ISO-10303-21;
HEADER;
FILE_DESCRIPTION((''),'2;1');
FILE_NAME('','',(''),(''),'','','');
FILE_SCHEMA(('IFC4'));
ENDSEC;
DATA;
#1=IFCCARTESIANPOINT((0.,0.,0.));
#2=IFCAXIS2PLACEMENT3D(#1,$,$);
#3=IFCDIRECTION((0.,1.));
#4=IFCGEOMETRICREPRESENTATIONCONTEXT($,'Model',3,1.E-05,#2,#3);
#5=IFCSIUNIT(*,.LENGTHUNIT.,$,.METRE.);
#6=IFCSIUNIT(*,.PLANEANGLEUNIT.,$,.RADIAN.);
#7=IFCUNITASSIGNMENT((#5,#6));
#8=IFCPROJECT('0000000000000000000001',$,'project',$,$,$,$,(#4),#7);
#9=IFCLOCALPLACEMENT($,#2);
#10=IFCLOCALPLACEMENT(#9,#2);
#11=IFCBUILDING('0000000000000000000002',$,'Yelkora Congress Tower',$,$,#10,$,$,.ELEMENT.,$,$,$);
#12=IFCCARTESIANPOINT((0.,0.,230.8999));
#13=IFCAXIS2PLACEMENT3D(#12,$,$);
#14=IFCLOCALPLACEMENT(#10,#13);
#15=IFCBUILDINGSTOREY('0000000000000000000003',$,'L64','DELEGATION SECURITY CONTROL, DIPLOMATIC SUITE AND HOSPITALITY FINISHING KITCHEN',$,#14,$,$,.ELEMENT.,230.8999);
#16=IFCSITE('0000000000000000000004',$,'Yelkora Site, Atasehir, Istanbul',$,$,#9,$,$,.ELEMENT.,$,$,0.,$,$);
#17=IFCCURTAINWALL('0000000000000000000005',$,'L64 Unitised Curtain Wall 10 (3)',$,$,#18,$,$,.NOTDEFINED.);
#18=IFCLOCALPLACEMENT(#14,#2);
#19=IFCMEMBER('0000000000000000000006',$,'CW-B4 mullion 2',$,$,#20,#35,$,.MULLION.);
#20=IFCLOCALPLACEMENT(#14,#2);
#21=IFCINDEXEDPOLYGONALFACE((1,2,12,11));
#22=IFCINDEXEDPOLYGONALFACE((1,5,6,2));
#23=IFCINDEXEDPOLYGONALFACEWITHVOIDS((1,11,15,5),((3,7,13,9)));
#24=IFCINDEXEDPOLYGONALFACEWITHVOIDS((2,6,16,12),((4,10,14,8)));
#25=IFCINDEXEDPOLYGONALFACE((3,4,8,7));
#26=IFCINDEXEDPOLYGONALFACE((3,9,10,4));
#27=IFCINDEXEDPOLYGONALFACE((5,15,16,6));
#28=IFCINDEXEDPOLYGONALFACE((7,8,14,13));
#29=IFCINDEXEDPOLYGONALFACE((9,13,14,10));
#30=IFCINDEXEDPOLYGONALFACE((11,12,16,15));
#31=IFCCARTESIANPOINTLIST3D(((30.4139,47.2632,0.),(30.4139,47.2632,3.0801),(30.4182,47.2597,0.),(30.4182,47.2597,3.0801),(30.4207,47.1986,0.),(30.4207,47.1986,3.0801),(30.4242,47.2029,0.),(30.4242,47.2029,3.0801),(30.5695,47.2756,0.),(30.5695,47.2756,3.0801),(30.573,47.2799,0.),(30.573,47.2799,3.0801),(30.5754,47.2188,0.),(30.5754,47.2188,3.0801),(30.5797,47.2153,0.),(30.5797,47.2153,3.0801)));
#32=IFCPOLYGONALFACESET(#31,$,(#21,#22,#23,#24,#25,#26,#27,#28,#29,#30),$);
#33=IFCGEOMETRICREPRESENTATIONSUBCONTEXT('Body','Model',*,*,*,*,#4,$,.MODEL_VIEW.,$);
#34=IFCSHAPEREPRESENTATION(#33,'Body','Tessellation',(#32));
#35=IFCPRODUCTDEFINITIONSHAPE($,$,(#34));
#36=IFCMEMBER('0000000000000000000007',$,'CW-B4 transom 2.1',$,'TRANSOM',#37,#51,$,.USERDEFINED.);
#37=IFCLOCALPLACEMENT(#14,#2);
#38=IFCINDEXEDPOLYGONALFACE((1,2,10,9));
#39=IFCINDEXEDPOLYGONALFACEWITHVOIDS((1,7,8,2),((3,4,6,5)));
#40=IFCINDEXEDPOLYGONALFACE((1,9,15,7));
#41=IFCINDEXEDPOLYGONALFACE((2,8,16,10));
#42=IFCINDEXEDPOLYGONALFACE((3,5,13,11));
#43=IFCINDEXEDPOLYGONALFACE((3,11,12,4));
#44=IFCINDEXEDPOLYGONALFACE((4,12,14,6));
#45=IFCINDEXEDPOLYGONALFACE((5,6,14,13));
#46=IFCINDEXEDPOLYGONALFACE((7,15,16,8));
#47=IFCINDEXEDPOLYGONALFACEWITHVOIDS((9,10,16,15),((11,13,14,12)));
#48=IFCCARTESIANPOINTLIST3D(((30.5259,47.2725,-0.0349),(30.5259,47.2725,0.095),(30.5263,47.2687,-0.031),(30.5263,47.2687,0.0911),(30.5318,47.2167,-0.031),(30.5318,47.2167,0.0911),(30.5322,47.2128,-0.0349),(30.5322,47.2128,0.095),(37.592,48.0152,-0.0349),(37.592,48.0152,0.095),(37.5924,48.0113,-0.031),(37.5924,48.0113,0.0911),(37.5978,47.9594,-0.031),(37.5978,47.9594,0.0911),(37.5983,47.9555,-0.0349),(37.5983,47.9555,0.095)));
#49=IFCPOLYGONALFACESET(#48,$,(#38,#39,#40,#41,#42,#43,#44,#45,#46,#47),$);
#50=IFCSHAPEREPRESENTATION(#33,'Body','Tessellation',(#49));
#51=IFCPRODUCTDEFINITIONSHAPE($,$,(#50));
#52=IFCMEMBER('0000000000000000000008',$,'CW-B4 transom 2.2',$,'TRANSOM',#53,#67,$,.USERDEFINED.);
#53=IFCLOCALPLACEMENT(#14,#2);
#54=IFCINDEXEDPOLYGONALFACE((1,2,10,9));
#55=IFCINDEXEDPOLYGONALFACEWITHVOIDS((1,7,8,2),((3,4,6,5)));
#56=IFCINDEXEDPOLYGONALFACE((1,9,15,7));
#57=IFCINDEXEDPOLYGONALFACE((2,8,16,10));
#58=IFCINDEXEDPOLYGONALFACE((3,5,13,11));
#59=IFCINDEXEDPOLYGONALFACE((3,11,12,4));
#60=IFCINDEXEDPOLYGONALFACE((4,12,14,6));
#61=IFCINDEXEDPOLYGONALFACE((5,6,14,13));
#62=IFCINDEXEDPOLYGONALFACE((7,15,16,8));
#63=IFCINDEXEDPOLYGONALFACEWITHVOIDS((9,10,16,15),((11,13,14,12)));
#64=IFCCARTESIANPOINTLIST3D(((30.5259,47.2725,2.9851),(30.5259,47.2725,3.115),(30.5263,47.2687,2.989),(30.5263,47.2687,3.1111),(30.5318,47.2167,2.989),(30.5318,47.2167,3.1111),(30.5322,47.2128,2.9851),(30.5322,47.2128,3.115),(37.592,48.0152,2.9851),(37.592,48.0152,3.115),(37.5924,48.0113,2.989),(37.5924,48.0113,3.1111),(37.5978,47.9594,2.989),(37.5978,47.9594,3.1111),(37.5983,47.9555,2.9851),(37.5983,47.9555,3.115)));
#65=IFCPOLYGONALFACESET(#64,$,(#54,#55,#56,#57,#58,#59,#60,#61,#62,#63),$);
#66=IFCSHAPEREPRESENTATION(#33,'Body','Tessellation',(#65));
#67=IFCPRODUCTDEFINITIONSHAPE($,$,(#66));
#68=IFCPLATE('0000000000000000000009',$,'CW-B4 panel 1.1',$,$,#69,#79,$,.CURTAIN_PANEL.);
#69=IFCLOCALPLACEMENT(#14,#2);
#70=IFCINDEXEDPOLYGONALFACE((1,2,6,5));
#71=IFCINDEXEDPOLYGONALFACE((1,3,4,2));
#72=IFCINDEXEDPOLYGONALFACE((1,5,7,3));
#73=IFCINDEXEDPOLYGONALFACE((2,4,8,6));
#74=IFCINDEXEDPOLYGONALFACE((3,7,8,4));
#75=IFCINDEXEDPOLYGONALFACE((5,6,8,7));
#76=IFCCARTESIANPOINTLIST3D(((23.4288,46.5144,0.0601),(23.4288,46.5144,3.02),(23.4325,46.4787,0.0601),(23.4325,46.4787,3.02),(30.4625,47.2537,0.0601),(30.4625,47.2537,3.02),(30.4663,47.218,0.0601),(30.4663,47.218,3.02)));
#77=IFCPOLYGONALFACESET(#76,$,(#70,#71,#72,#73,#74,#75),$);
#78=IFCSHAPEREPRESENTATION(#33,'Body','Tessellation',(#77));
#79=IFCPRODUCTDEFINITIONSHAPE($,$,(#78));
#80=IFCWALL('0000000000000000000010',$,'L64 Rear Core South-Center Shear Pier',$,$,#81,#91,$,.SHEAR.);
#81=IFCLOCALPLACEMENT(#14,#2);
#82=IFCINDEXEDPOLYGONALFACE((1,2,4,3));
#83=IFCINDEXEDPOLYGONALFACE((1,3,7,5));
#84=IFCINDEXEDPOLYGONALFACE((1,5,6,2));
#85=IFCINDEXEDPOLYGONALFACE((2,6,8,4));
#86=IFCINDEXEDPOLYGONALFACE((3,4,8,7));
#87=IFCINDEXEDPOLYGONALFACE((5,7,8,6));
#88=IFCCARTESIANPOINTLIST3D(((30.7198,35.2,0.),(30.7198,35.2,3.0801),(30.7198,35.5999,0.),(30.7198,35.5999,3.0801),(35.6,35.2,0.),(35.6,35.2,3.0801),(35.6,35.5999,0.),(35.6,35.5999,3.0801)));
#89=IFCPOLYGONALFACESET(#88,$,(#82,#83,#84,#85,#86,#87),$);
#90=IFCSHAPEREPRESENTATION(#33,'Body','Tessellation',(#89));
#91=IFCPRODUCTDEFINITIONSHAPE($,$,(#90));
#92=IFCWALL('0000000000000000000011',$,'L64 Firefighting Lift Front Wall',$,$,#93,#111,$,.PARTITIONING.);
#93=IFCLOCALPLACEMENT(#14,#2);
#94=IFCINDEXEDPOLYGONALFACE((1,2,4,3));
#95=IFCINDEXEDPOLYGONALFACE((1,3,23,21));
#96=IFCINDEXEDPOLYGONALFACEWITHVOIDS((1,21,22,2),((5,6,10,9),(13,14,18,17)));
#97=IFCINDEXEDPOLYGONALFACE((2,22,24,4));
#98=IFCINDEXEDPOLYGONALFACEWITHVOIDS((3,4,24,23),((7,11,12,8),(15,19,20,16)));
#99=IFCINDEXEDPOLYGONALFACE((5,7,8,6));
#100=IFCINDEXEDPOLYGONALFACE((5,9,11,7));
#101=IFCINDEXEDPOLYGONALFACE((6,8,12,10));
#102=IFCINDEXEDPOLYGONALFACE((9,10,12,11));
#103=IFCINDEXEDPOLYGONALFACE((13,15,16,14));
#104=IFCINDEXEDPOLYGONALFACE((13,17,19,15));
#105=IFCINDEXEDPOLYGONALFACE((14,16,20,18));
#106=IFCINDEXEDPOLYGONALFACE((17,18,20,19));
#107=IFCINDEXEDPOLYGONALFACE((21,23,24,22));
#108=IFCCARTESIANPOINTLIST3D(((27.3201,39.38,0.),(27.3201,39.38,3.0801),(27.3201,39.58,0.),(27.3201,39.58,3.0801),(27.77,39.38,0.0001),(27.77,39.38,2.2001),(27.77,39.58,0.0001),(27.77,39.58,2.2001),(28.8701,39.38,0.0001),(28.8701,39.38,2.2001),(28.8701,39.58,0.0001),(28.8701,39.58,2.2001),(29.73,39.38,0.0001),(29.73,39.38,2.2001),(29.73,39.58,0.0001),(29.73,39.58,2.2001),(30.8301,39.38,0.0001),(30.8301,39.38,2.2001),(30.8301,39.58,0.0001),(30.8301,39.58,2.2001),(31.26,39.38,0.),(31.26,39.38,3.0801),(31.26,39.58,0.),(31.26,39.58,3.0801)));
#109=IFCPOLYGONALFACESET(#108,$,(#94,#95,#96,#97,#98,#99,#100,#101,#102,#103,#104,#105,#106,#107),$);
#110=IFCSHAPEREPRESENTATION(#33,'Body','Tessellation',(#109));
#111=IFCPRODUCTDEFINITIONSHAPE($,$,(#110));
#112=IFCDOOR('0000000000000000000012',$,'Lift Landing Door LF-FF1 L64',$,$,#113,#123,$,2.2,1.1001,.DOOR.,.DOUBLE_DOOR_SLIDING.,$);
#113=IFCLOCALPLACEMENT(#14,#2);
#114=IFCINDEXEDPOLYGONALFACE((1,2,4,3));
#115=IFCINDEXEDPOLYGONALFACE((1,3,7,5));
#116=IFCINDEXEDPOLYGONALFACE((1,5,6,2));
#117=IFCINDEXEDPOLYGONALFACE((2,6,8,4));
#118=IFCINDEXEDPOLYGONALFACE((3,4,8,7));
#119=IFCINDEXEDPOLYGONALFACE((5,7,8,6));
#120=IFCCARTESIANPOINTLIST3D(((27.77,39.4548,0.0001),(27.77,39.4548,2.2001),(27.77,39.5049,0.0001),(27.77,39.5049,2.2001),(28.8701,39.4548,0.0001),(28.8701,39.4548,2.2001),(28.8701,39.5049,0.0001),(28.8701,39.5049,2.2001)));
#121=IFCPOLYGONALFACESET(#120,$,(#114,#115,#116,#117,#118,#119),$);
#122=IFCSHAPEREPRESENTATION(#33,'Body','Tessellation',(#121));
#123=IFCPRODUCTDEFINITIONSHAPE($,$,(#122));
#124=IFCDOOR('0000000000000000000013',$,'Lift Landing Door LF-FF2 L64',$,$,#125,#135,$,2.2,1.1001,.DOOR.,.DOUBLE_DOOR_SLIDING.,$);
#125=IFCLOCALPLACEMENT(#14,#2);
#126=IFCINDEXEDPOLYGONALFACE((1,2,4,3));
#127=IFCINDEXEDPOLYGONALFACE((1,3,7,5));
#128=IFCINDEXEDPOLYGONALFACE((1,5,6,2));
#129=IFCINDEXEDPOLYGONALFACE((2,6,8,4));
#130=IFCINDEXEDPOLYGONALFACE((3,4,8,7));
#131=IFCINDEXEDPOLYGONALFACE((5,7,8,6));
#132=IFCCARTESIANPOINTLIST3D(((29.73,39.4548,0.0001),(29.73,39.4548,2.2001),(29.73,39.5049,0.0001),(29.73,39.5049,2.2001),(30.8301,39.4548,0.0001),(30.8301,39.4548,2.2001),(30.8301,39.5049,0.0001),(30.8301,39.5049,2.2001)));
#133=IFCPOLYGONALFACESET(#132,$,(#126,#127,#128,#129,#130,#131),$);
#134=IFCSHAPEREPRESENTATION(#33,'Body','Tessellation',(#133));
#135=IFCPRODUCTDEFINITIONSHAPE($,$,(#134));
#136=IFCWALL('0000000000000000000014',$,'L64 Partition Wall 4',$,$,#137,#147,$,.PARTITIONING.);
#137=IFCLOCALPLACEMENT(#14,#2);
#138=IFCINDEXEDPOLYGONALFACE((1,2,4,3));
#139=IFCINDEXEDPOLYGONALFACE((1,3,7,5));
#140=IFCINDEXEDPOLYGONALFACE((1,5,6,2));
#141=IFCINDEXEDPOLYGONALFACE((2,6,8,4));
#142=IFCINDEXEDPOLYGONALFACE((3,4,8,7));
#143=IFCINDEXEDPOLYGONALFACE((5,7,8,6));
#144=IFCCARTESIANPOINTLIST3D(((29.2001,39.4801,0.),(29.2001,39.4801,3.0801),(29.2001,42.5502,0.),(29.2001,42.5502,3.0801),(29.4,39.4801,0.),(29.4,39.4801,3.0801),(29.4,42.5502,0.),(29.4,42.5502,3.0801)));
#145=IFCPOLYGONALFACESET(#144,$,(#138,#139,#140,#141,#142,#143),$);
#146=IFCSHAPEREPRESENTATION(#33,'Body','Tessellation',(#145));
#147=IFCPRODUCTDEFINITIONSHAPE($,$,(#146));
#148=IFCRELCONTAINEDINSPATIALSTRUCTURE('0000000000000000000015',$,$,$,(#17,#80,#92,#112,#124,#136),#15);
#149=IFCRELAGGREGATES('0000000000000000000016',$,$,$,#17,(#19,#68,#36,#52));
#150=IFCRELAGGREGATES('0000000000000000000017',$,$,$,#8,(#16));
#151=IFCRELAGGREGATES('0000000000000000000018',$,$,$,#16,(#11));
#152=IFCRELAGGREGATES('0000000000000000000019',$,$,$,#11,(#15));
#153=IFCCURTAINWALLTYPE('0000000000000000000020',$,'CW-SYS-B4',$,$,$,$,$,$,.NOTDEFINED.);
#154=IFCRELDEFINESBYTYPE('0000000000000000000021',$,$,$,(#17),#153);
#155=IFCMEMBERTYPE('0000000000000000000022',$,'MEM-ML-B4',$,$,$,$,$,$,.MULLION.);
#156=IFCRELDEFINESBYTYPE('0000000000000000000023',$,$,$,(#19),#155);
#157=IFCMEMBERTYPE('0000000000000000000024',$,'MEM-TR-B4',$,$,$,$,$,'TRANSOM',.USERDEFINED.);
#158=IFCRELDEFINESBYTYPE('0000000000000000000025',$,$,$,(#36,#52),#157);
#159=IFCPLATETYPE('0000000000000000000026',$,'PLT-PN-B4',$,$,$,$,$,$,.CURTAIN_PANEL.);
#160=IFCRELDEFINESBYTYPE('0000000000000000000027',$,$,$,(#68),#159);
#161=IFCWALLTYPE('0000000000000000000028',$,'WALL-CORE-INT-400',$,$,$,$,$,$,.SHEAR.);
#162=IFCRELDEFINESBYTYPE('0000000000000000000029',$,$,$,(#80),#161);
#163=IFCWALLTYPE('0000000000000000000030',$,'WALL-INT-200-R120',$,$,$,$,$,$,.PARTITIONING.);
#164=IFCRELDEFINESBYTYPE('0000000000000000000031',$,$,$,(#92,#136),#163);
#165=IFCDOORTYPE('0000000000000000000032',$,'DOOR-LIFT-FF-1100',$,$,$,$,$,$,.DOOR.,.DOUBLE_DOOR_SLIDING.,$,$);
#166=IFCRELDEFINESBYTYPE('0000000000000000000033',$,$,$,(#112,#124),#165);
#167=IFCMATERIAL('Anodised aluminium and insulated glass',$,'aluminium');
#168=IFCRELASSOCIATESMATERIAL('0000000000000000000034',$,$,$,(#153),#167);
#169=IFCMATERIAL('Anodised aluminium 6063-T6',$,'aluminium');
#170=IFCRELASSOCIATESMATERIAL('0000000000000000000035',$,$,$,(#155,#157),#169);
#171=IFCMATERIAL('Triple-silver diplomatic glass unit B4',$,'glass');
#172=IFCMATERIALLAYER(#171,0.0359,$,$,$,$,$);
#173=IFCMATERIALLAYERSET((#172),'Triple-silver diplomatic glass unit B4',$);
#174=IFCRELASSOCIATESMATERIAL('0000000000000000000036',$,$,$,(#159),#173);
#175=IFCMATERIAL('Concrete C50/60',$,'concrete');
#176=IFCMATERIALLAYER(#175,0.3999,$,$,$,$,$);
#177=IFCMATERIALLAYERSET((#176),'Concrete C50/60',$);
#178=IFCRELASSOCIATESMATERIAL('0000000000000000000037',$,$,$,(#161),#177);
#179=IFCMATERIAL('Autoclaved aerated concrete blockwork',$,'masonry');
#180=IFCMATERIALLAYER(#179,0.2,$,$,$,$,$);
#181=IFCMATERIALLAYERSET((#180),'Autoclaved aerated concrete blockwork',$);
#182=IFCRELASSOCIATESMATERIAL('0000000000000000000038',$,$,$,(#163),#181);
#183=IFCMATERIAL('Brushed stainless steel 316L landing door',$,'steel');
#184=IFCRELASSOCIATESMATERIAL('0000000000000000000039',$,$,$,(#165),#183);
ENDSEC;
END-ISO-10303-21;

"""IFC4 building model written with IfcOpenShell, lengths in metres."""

from ifc_helpers import new_model, si_unit, direction, frame, frame_2d, origin, origin_2d, place, context, subcontext, project, spatial, rectangle, hollow_rectangle, extrude, material, layer, layer_set, material_profile, profile_set, type_object, element, fill, aggregate, save


model = new_model("IFC4")

# Units and contexts
model_context = context("Model", 3, precision=1e-05, world=origin(), true_north=direction((0.0, 1.0)))
body_context = subcontext(model_context, "Body", "Model", "MODEL_VIEW")
ifc_project = project(units=[si_unit("LENGTHUNIT", "METRE"), si_unit("PLANEANGLEUNIT", "RADIAN")], contexts=[model_context])

# Site, building, storey
site_placement = place(None, origin())
site = spatial("IfcSite", under=ifc_project, at=site_placement, Name="Yelkora Site, Atasehir, Istanbul", CompositionType="ELEMENT", RefElevation=0.0)
building_placement = place(site_placement, origin())
building = spatial("IfcBuilding", under=site, at=building_placement, Name="Yelkora Congress Tower", CompositionType="ELEMENT")
storey_placement = place(building_placement, frame((0.0, 0.0, 230.8999)))
storey = spatial("IfcBuildingStorey", under=building, at=storey_placement, Name="L64", Description="DELEGATION SECURITY CONTROL, DIPLOMATIC SUITE AND HOSPITALITY FINISHING KITCHEN", CompositionType="ELEMENT", Elevation=230.8999)

# Curtain wall, members, plate
ifc_material_1 = material(Name="Anodised aluminium and insulated glass", Category="aluminium")
curtain_wall_type = type_object("IfcCurtainWallType", Name="CW-SYS-B4", PredefinedType="NOTDEFINED", material=ifc_material_1)
curtain_wall_placement = place(storey_placement, origin())
curtain_wall = element("IfcCurtainWall", 1, at=curtain_wall_placement, inside=storey, type_object=curtain_wall_type, Name="L64 Unitised Curtain Wall 10 (3)", PredefinedType="NOTDEFINED")
ifc_material_2 = material(Name="Anodised aluminium 6063-T6", Category="aluminium")
ifc_material_profile_1 = material_profile(ifc_material_2, hollow_rectangle(XDim=0.0649, YDim=0.1599, WallThickness=0.0039, at=origin_2d()), Name="ALU 65x160x4")
ifc_profile_set_1 = profile_set([ifc_material_profile_1], Name="Anodised aluminium 6063-T6")
member_type_1 = type_object("IfcMemberType", Name="MEM-ML-B4", PredefinedType="MULLION", material=ifc_profile_set_1)
member_1_placement = place(storey_placement, frame((30.4968, 47.2393, 0.0), z_axis=(0.0, 0.0, 1.0), x_axis=(-0.104528, 0.994522, 0.0)))
member_1 = element("IfcMember", 2, at=member_1_placement, type_object=member_type_1, Name="CW-B4 mullion 2", PredefinedType="MULLION", context=body_context, shape_type="SweptSolid", body=[
    extrude(hollow_rectangle(XDim=0.0649, YDim=0.1599, WallThickness=0.0039, at=origin_2d()), origin(), (0.0, 0.0, 1.0), 3.0801),
])
ifc_material_profile_2 = material_profile(ifc_material_2, hollow_rectangle(XDim=0.0601, YDim=0.1299, WallThickness=0.0039, at=origin_2d()), Name="ALU 60x130x4")
ifc_profile_set_2 = profile_set([ifc_material_profile_2], Name="Anodised aluminium 6063-T6")
member_type_2 = type_object("IfcMemberType", Name="MEM-TR-B4", ElementType="TRANSOM", PredefinedType="USERDEFINED", material=ifc_profile_set_2)
member_2_placement = place(storey_placement, frame((30.5291, 47.2427, 0.03), z_axis=(0.994522, 0.104527, 0.0), x_axis=(-0.104527, 0.994522, 0.0)))
member_2 = element("IfcMember", 3, at=member_2_placement, type_object=member_type_2, Name="CW-B4 transom 2.1", ObjectType="TRANSOM", PredefinedType="USERDEFINED", context=body_context, shape_type="SweptSolid", body=[
    extrude(hollow_rectangle(XDim=0.0601, YDim=0.1299, WallThickness=0.0039, at=origin_2d()), origin(), (0.0, 0.0, 1.0), 7.105),
])
member_3_placement = place(storey_placement, frame((30.5291, 47.2427, 3.05), z_axis=(0.994522, 0.104527, 0.0), x_axis=(-0.104527, 0.994522, 0.0)))
member_3 = element("IfcMember", 4, at=member_3_placement, type_object=member_type_2, Name="CW-B4 transom 2.2", ObjectType="TRANSOM", PredefinedType="USERDEFINED", context=body_context, shape_type="SweptSolid", body=[
    extrude(hollow_rectangle(XDim=0.0601, YDim=0.1299, WallThickness=0.0039, at=origin_2d()), origin(), (0.0, 0.0, 1.0), 7.105),
])
ifc_material_3 = material(Name="Triple-silver diplomatic glass unit B4", Category="glass")
ifc_layer_1 = layer(ifc_material_3, 0.0359)
ifc_layer_set_1 = layer_set([ifc_layer_1], Name="Triple-silver diplomatic glass unit B4")
plate_type = type_object("IfcPlateType", Name="PLT-PN-B4", PredefinedType="CURTAIN_PANEL", material=ifc_layer_set_1)
plate_placement = place(storey_placement, frame((26.9475, 46.8662, 0.0601), z_axis=(0.0, 0.0, 1.0), x_axis=(0.994522, 0.104528, 0.0)))
plate = element("IfcPlate", 5, at=plate_placement, type_object=plate_type, Name="CW-B4 panel 1.1", PredefinedType="CURTAIN_PANEL", context=body_context, shape_type="SweptSolid", body=[
    extrude(rectangle(XDim=7.0725, YDim=0.0359, at=origin_2d()), origin(), (0.0, 0.0, 1.0), 2.96),
])
aggregate(curtain_wall, [member_1, plate, member_2, member_3])

# Wall
ifc_material_4 = material(Name="Concrete C50/60", Category="concrete")
ifc_layer_2 = layer(ifc_material_4, 0.3999)
ifc_layer_set_2 = layer_set([ifc_layer_2], Name="Concrete C50/60")
wall_type_1 = type_object("IfcWallType", Name="WALL-CORE-INT-400", PredefinedType="SHEAR", material=ifc_layer_set_2)
wall_1_placement = place(storey_placement, frame((30.72, 35.3999, 0.0), z_axis=(0.0, 0.0, 1.0), x_axis=(1.0, 0.0, 0.0)))
element("IfcWall", 6, at=wall_1_placement, inside=storey, type_object=wall_type_1, Name="L64 Rear Core South-Center Shear Pier", PredefinedType="SHEAR", context=body_context, shape_type="SweptSolid", body=[
    extrude(rectangle(XDim=4.8801, YDim=0.3999, at=frame_2d((2.4399, 0.0))), origin(), (0.0, 0.0, 1.0), 3.0801),
])

# Shared definitions
ifc_material_5 = material(Name="Autoclaved aerated concrete blockwork", Category="masonry")
ifc_layer_3 = layer(ifc_material_5, 0.2)
ifc_layer_set_3 = layer_set([ifc_layer_3], Name="Autoclaved aerated concrete blockwork")
wall_type_2 = type_object("IfcWallType", Name="WALL-INT-200-R120", PredefinedType="PARTITIONING", material=ifc_layer_set_3)

# Wall, openings, doors
wall_2_placement = place(storey_placement, frame((27.3201, 39.48, 0.0), z_axis=(0.0, 0.0, 1.0), x_axis=(1.0, 0.0, 0.0)))
wall_2 = element("IfcWall", 7, at=wall_2_placement, inside=storey, type_object=wall_type_2, Name="L64 Firefighting Lift Front Wall", PredefinedType="PARTITIONING", context=body_context, shape_type="SweptSolid", body=[
    extrude(rectangle(XDim=3.9399, YDim=0.2, at=frame_2d((1.97, 0.0))), origin(), (0.0, 0.0, 1.0), 3.0801),
])
opening_1_placement = place(wall_2_placement, frame((0.45, 0.0, 0.0)))
opening_1 = element("IfcOpeningElement", 8, at=opening_1_placement, cuts=wall_2, PredefinedType="OPENING", context=body_context, shape_type="SweptSolid", body=[
    extrude(rectangle(XDim=1.1001, YDim=2.2, at=frame_2d((0.55, 1.1001))), frame((0.0, 0.1099, 0.0), z_axis=(0.0, -1.0, 0.0), x_axis=(1.0, 0.0, 0.0)), (0.0, 0.0, 1.0), 0.22),
])
opening_2_placement = place(wall_2_placement, frame((2.4099, 0.0, 0.0)))
opening_2 = element("IfcOpeningElement", 9, at=opening_2_placement, cuts=wall_2, PredefinedType="OPENING", context=body_context, shape_type="SweptSolid", body=[
    extrude(rectangle(XDim=1.1001, YDim=2.2, at=frame_2d((0.55, 1.1001))), frame((0.0, 0.1099, 0.0), z_axis=(0.0, -1.0, 0.0), x_axis=(1.0, 0.0, 0.0)), (0.0, 0.0, 1.0), 0.22),
])
ifc_material_6 = material(Name="Brushed stainless steel 316L landing door", Category="steel")
door_type_1 = type_object("IfcDoorType", Name="DOOR-LIFT-FF-1100", OperationType="DOUBLE_DOOR_SLIDING", PredefinedType="DOOR", material=ifc_material_6)
door_1_placement = place(opening_1_placement, origin())
door_1 = element("IfcDoor", 10, at=door_1_placement, inside=storey, type_object=door_type_1, Name="Lift Landing Door LF-FF1 L64", OperationType="DOUBLE_DOOR_SLIDING", OverallHeight=2.2, OverallWidth=1.1001, PredefinedType="DOOR", context=body_context, shape_type="SweptSolid", body=[
    extrude(rectangle(XDim=1.1001, YDim=2.2, at=frame_2d((0.55, 1.1001))), frame((0.0, 0.0249, 0.0), z_axis=(0.0, -1.0, 0.0), x_axis=(1.0, 0.0, 0.0)), (0.0, 0.0, 1.0), 0.05),
])
fill(opening_1, door_1)
door_2_placement = place(opening_2_placement, origin())
door_2 = element("IfcDoor", 11, at=door_2_placement, inside=storey, type_object=door_type_1, Name="Lift Landing Door LF-FF2 L64", OperationType="DOUBLE_DOOR_SLIDING", OverallHeight=2.2, OverallWidth=1.1001, PredefinedType="DOOR", context=body_context, shape_type="SweptSolid", body=[
    extrude(rectangle(XDim=1.1001, YDim=2.2, at=frame_2d((0.55, 1.1001))), frame((0.0, 0.0249, 0.0), z_axis=(0.0, -1.0, 0.0), x_axis=(1.0, 0.0, 0.0)), (0.0, 0.0, 1.0), 0.05),
])
fill(opening_2, door_2)

# Wall
wall_3_placement = place(storey_placement, frame((29.3, 39.48, 0.0), z_axis=(0.0, 0.0, 1.0), x_axis=(0.0, 1.0, 0.0)))
element("IfcWall", 12, at=wall_3_placement, inside=storey, type_object=wall_type_2, Name="L64 Partition Wall 4", PredefinedType="PARTITIONING", context=body_context, shape_type="SweptSolid", body=[
    extrude(rectangle(XDim=3.0701, YDim=0.2, at=frame_2d((1.5352, 0.0))), origin(), (0.0, 0.0, 1.0), 3.0801),
])

save(model, "model.ifc")
